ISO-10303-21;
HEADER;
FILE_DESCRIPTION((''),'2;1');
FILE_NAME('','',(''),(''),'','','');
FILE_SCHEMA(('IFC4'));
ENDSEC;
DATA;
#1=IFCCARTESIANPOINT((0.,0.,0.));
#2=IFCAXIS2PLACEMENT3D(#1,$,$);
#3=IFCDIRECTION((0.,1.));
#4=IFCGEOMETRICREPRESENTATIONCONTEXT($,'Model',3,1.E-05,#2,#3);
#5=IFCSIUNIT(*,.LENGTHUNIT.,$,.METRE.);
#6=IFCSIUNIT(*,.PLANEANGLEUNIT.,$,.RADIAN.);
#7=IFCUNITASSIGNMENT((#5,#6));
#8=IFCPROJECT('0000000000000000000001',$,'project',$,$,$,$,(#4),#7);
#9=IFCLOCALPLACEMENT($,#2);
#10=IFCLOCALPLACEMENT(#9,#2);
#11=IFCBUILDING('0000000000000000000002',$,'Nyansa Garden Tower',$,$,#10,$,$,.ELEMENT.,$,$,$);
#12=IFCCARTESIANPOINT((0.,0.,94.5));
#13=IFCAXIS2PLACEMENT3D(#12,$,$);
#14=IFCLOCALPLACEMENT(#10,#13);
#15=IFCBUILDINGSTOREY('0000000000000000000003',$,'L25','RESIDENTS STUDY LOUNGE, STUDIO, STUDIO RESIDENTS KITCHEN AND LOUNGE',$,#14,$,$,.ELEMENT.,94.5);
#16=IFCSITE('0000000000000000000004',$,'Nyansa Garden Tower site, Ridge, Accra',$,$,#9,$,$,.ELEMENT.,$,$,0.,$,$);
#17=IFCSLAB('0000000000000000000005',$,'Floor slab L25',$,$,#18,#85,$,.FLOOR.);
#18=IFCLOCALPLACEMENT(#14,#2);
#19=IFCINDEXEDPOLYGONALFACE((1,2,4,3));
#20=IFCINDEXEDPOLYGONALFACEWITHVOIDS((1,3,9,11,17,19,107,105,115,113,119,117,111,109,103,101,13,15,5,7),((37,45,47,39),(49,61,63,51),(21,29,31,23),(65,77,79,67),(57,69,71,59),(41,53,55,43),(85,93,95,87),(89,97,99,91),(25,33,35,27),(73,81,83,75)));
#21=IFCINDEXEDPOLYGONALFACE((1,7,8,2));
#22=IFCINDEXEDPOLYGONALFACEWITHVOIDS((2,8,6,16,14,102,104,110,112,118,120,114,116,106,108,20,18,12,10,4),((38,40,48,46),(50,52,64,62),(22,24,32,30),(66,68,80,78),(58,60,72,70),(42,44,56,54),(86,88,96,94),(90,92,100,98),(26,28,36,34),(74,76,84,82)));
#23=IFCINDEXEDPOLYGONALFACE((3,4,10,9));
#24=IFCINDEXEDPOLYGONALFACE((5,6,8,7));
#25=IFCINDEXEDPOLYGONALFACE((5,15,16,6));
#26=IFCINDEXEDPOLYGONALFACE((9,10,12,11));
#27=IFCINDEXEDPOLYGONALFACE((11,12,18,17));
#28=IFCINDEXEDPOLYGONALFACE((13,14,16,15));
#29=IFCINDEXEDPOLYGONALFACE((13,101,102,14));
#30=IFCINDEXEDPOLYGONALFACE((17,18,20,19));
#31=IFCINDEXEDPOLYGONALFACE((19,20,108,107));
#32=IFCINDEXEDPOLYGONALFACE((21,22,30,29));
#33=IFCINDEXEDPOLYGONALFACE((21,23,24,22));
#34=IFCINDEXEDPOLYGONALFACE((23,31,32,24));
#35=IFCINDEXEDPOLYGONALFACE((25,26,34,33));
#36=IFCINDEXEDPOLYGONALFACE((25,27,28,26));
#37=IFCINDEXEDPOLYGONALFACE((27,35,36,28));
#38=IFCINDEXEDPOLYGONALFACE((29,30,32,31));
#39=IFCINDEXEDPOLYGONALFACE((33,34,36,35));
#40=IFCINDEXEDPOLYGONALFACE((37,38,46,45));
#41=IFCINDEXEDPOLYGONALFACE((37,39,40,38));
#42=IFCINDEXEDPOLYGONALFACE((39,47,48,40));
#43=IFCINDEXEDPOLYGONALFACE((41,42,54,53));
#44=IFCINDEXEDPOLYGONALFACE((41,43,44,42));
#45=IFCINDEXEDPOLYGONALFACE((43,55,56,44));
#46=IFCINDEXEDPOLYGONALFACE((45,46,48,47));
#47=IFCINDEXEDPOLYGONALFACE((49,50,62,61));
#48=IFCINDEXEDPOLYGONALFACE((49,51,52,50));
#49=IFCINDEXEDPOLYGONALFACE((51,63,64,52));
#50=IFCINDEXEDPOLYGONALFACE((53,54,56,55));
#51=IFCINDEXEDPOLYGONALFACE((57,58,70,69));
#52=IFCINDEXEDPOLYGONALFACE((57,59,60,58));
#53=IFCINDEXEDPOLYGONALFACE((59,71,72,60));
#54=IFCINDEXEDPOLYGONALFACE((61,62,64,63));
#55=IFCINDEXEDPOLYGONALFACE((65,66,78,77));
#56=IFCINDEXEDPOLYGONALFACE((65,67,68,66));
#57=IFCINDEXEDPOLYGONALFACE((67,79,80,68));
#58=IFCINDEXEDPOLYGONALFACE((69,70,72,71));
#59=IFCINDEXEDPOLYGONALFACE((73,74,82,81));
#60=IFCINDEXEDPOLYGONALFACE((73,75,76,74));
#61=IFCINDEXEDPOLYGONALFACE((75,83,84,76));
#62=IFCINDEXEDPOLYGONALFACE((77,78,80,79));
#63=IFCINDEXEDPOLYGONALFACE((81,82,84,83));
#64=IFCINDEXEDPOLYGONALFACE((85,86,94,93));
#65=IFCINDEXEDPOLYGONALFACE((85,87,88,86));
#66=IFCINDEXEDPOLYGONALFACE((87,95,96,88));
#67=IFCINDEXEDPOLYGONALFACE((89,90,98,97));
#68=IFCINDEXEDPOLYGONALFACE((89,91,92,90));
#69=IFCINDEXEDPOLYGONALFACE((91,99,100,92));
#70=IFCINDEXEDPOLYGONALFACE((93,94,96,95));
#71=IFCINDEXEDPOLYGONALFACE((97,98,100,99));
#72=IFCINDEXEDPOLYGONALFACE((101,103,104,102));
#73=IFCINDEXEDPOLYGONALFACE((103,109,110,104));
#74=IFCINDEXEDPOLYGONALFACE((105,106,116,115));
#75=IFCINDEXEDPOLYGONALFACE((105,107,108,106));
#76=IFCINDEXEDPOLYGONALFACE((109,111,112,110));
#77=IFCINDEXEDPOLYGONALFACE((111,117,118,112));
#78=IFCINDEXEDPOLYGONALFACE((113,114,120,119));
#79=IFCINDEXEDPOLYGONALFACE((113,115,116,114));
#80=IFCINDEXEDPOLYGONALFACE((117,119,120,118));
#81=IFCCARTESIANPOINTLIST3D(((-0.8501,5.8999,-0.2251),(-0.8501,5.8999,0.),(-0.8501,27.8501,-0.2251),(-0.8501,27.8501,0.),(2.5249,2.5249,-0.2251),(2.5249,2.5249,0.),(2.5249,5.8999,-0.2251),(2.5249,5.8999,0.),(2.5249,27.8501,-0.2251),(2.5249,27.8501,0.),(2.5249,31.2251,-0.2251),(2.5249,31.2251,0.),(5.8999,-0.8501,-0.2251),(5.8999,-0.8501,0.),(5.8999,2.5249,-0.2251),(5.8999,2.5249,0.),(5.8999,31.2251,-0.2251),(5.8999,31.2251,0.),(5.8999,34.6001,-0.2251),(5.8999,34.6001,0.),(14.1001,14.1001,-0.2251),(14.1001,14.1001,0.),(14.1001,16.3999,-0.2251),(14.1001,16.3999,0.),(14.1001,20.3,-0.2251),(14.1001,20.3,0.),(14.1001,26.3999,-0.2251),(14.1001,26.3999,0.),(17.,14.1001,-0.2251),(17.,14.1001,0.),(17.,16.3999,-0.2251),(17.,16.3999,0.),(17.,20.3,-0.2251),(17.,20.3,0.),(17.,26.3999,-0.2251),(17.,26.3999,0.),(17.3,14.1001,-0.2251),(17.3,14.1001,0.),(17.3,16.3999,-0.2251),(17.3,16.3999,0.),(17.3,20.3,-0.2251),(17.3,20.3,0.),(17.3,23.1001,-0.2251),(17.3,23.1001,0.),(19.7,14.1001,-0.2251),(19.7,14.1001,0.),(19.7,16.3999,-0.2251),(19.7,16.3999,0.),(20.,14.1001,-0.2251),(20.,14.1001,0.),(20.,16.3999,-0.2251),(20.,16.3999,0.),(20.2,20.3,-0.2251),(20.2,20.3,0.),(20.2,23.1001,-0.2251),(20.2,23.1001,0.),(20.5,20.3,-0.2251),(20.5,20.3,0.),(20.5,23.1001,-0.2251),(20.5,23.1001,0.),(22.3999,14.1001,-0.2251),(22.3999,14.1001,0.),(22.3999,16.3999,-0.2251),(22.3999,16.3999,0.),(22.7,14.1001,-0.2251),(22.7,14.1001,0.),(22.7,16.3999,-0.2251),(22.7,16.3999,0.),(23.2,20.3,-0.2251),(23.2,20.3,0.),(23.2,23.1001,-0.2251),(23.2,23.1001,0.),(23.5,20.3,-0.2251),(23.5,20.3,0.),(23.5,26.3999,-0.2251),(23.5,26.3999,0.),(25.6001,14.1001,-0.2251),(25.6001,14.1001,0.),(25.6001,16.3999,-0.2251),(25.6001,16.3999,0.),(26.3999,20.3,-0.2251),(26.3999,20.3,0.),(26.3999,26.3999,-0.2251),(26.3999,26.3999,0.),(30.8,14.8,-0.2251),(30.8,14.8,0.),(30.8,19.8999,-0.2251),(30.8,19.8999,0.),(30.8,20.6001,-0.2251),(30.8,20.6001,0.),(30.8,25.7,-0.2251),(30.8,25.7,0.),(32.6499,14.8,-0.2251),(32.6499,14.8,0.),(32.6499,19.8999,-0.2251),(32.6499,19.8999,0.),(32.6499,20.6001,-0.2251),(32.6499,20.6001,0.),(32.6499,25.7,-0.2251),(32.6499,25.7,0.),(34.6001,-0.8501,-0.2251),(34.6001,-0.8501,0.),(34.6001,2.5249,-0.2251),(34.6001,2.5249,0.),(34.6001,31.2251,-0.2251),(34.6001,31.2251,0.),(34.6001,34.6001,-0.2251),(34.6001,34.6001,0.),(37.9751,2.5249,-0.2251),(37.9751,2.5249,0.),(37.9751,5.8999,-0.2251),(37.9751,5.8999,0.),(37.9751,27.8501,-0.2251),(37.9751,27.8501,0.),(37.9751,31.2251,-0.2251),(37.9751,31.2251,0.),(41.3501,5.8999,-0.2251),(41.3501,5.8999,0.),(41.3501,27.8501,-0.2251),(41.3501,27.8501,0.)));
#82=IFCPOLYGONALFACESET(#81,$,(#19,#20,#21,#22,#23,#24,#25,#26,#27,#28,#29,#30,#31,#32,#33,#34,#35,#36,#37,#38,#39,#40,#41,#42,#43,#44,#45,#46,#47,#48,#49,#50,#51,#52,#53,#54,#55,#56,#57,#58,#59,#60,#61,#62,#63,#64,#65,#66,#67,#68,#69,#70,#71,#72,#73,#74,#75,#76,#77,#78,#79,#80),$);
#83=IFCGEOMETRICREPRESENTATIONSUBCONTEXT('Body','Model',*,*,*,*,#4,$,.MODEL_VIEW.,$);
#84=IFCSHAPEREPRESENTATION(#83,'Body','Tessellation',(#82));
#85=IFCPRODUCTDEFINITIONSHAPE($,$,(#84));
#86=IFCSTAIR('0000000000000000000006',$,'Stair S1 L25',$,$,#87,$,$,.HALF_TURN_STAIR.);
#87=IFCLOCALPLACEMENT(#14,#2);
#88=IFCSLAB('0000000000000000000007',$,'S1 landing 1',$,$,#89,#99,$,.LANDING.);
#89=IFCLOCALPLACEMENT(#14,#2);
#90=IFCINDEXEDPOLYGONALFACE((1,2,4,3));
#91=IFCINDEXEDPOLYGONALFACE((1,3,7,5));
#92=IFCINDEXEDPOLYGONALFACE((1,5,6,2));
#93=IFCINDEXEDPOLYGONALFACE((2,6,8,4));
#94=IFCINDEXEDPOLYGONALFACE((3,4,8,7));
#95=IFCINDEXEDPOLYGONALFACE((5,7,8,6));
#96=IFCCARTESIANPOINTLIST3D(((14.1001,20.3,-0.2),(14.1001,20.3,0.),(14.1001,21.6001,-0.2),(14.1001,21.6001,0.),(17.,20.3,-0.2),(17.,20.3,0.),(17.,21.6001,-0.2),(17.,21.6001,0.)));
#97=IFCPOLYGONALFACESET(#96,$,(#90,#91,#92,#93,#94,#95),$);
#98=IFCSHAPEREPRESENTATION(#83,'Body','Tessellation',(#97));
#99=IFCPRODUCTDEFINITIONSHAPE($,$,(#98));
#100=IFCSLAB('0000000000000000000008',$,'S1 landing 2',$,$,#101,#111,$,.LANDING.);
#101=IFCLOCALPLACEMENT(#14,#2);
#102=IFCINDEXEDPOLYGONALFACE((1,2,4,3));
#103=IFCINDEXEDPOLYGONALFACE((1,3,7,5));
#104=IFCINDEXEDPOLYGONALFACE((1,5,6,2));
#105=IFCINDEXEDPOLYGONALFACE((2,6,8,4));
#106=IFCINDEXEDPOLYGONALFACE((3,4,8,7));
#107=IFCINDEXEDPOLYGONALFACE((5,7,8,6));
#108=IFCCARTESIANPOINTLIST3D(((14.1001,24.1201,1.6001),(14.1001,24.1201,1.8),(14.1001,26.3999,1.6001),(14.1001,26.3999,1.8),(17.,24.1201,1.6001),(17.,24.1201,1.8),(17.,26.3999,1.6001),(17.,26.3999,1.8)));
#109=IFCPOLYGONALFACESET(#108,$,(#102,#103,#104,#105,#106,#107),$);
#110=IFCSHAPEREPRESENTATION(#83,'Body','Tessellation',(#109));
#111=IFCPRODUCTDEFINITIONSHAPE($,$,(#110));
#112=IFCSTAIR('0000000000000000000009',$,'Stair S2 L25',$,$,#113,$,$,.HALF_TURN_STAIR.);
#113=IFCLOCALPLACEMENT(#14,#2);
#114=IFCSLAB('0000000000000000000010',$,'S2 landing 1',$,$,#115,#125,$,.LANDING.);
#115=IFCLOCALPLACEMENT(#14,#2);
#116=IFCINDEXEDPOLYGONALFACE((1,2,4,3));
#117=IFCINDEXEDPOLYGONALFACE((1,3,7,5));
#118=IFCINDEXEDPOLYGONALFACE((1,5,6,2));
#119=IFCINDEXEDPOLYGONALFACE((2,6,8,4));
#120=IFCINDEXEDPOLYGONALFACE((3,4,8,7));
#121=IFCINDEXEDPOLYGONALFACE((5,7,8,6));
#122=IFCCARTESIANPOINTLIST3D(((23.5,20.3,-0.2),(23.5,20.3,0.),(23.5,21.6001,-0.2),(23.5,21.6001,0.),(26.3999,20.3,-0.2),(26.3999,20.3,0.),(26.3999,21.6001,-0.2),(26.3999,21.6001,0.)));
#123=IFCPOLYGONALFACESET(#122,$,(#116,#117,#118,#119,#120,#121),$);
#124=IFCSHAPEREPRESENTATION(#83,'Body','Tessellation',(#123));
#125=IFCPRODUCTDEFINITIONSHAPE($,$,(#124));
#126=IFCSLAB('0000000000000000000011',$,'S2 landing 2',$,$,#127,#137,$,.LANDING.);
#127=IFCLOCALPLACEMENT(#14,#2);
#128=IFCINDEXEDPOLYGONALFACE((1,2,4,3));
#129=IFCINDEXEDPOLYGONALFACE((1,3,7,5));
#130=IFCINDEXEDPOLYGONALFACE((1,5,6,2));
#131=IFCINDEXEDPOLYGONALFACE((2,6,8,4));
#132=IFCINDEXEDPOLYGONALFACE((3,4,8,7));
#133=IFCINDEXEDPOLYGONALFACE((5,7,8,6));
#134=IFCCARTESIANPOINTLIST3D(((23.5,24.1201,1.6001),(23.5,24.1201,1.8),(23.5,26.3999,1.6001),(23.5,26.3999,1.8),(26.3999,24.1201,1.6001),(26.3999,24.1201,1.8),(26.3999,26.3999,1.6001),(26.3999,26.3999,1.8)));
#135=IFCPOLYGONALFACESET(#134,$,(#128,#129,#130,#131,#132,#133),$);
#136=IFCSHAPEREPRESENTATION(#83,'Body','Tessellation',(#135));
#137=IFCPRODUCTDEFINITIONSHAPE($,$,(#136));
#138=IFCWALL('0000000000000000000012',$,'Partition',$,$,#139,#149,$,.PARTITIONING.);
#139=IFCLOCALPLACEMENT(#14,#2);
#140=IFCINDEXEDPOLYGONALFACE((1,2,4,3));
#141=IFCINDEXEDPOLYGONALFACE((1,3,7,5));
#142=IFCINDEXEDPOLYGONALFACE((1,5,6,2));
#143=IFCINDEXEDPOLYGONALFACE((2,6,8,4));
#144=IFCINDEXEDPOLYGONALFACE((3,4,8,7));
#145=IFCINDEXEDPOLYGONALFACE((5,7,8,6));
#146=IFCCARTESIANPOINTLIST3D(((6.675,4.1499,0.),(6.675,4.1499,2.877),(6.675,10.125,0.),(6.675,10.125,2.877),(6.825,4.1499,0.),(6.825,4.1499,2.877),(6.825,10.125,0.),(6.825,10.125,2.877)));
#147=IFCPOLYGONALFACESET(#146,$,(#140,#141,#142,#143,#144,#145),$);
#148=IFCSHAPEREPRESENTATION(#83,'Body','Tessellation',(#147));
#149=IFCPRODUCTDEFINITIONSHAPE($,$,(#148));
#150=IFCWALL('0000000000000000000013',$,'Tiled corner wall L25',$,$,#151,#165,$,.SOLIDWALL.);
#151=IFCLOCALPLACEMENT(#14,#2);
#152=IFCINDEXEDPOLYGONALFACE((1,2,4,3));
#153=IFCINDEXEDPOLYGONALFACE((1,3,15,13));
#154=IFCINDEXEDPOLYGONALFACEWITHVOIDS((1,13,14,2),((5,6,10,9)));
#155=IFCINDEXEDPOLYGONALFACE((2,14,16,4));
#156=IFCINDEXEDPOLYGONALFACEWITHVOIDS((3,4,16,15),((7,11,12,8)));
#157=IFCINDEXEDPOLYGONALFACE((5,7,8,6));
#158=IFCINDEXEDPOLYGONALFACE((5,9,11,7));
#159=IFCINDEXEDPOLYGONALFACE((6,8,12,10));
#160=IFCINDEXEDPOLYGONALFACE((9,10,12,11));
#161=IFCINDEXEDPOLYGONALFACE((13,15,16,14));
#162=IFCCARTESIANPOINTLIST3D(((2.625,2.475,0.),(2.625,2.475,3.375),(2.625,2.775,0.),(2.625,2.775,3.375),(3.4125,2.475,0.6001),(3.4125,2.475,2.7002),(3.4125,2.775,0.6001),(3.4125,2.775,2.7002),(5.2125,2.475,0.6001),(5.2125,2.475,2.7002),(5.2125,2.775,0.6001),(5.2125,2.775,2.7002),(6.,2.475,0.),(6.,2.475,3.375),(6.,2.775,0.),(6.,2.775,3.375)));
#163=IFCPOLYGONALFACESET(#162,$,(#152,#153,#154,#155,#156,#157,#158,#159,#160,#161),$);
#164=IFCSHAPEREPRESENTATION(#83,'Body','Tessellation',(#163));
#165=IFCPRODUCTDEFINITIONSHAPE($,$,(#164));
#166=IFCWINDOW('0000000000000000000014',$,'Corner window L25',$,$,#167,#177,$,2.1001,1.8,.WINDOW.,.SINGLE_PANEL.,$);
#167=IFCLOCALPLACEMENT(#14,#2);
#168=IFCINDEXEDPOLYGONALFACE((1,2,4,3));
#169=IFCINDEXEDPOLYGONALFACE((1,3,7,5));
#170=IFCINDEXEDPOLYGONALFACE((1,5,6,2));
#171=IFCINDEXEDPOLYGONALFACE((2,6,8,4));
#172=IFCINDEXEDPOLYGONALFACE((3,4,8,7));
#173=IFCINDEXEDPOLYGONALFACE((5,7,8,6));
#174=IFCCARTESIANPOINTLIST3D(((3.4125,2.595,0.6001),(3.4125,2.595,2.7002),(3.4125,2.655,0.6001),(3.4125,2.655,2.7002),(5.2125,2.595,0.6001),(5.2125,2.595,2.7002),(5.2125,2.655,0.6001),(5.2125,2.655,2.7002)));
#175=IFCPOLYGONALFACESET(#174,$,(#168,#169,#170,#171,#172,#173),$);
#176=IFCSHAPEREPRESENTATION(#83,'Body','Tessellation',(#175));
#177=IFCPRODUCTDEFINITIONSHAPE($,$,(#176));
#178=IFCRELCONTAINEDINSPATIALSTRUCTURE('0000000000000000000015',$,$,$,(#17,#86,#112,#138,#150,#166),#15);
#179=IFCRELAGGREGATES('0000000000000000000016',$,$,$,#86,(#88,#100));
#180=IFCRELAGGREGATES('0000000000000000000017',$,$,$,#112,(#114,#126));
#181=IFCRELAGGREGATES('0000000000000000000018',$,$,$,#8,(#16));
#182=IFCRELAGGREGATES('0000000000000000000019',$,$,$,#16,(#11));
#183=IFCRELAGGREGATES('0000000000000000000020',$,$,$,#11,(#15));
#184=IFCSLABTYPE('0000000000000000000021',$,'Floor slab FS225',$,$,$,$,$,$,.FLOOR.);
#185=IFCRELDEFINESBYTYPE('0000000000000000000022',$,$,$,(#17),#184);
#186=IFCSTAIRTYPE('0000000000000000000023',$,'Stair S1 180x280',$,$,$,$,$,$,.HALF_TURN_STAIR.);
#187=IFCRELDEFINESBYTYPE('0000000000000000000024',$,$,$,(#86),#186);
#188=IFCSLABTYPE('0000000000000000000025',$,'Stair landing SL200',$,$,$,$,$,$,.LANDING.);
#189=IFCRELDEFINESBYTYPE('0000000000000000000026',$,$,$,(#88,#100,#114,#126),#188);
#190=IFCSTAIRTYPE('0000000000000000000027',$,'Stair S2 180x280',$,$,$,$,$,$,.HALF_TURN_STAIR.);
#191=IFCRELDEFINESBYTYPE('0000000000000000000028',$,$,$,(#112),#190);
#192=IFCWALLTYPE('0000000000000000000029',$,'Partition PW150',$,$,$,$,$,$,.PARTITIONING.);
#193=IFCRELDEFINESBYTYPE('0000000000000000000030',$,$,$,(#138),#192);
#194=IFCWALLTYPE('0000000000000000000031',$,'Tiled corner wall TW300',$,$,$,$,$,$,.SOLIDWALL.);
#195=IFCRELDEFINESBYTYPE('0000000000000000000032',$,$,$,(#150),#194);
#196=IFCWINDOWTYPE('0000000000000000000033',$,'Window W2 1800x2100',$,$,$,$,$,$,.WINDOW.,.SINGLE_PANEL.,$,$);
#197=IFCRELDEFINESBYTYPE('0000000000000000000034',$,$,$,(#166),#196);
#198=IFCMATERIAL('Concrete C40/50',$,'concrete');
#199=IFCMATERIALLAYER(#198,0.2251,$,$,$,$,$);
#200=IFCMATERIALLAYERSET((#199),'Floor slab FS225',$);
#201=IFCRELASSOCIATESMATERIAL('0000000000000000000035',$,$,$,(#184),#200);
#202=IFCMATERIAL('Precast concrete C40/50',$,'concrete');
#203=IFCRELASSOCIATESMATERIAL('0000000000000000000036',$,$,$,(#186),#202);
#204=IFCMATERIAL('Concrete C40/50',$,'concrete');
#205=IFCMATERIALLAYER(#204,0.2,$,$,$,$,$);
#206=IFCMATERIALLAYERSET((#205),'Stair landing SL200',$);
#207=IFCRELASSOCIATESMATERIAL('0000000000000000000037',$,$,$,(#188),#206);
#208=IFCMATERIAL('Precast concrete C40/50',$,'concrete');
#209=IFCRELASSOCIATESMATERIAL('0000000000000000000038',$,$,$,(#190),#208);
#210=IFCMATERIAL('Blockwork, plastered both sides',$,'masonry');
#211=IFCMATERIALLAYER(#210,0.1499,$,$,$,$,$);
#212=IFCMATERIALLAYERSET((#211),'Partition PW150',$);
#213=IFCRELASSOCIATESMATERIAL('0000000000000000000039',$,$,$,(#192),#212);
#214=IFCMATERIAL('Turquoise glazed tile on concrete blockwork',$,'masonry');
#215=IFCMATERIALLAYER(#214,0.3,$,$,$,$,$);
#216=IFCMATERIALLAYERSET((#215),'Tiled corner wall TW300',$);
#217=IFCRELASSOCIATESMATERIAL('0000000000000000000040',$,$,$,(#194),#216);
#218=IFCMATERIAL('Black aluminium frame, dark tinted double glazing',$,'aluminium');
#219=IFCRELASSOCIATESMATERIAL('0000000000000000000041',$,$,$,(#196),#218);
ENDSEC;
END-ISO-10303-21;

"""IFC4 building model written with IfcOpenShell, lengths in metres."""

from ifc_helpers import new_model, si_unit, direction, frame, frame_2d, origin, place, context, subcontext, project, spatial, polyline, rectangle, outline, extrude, material, layer, layer_set, type_object, element, fill, aggregate, save


model = new_model("IFC4")

# Units and contexts
model_context = context("Model", 3, precision=1e-05, world=origin(), true_north=direction((0.0, 1.0)))
body_context = subcontext(model_context, "Body", "Model", "MODEL_VIEW")
ifc_project = project(units=[si_unit("LENGTHUNIT", "METRE"), si_unit("PLANEANGLEUNIT", "RADIAN")], contexts=[model_context])

# Site, building, storey
site_placement = place(None, origin())
site = spatial("IfcSite", under=ifc_project, at=site_placement, Name="Nyansa Garden Tower site, Ridge, Accra", CompositionType="ELEMENT", RefElevation=0.0)
building_placement = place(site_placement, origin())
building = spatial("IfcBuilding", under=site, at=building_placement, Name="Nyansa Garden Tower", CompositionType="ELEMENT")
storey_placement = place(building_placement, frame((0.0, 0.0, 94.5)))
storey = spatial("IfcBuildingStorey", under=building, at=storey_placement, Name="L25", Description="RESIDENTS STUDY LOUNGE, STUDIO, STUDIO RESIDENTS KITCHEN AND LOUNGE", CompositionType="ELEMENT", Elevation=94.5)

# Slab
ifc_material_1 = material(Name="Concrete C40/50", Category="concrete")
ifc_layer_1 = layer(ifc_material_1, 0.2251)
ifc_layer_set_1 = layer_set([ifc_layer_1], Name="Floor slab FS225")
slab_type_1 = type_object("IfcSlabType", Name="Floor slab FS225", PredefinedType="FLOOR", material=ifc_layer_set_1)
slab_1_placement = place(storey_placement, frame((0.0, 0.0, -0.2251)))
element("IfcSlab", 1, at=slab_1_placement, inside=storey, type_object=slab_type_1, Name="Floor slab L25", PredefinedType="FLOOR", context=body_context, shape_type="SweptSolid", body=[
    extrude(outline(polyline([(41.3501, 5.8999), (37.9751, 5.8999), (37.9751, 2.5249), (34.6001, 2.5249), (34.6001, -0.8501), (5.8999, -0.8501), (5.8999, 2.5249), (2.5249, 2.5249), (2.5249, 5.8999), (-0.8501, 5.8999), (-0.8501, 27.8501), (2.5249, 27.8501), (2.5249, 31.2251), (5.8999, 31.2251), (5.8999, 34.6001), (34.6001, 34.6001), (34.6001, 31.2251), (37.9751, 31.2251), (37.9751, 27.8501), (41.3501, 27.8501), (41.3501, 5.8999)]), holes=[polyline([(14.1001, 14.1001), (17.0, 14.1001), (17.0, 16.3999), (14.1001, 16.3999), (14.1001, 14.1001)]), polyline([(17.3, 14.1001), (19.7, 14.1001), (19.7, 16.3999), (17.3, 16.3999), (17.3, 14.1001)]), polyline([(20.0, 14.1001), (22.3999, 14.1001), (22.3999, 16.3999), (20.0, 16.3999), (20.0, 14.1001)]), polyline([(22.7, 14.1001), (25.6001, 14.1001), (25.6001, 16.3999), (22.7, 16.3999), (22.7, 14.1001)]), polyline([(17.3, 20.3), (20.2, 20.3), (20.2, 23.1001), (17.3, 23.1001), (17.3, 20.3)]), polyline([(20.5, 20.3), (23.2, 20.3), (23.2, 23.1001), (20.5, 23.1001), (20.5, 20.3)]), polyline([(30.8, 14.8), (32.6499, 14.8), (32.6499, 19.8999), (30.8, 19.8999), (30.8, 14.8)]), polyline([(30.8, 20.6001), (32.6499, 20.6001), (32.6499, 25.7), (30.8, 25.7), (30.8, 20.6001)]), polyline([(14.1001, 20.3), (17.0, 20.3), (17.0, 26.3999), (14.1001, 26.3999), (14.1001, 20.3)]), polyline([(23.5, 20.3), (26.3999, 20.3), (26.3999, 26.3999), (23.5, 26.3999), (23.5, 20.3)])]), origin(), (0.0, 0.0, 1.0), 0.2251),
])

# Stairs, slabs
ifc_material_2 = material(Name="Precast concrete C40/50", Category="concrete")
stair_type_1 = type_object("IfcStairType", Name="Stair S1 180x280", PredefinedType="HALF_TURN_STAIR", material=ifc_material_2)
stair_1_placement = place(storey_placement, origin())
stair_1 = element("IfcStair", 2, at=stair_1_placement, inside=storey, type_object=stair_type_1, Name="Stair S1 L25", PredefinedType="HALF_TURN_STAIR")
ifc_material_3 = material(Name="Concrete C40/50", Category="concrete")
ifc_layer_2 = layer(ifc_material_3, 0.2)
ifc_layer_set_2 = layer_set([ifc_layer_2], Name="Stair landing SL200")
slab_type_2 = type_object("IfcSlabType", Name="Stair landing SL200", PredefinedType="LANDING", material=ifc_layer_set_2)
slab_2_placement = place(storey_placement, frame((0.0, 0.0, -0.2)))
slab_2 = element("IfcSlab", 3, at=slab_2_placement, type_object=slab_type_2, Name="S1 landing 1", PredefinedType="LANDING", context=body_context, shape_type="SweptSolid", body=[
    extrude(outline(polyline([(14.1001, 20.3), (17.0, 20.3), (17.0, 21.6001), (14.1001, 21.6001), (14.1001, 20.3)])), origin(), (0.0, 0.0, 1.0), 0.2),
])
slab_3_placement = place(storey_placement, frame((0.0, 0.0, 1.6001)))
slab_3 = element("IfcSlab", 4, at=slab_3_placement, type_object=slab_type_2, Name="S1 landing 2", PredefinedType="LANDING", context=body_context, shape_type="SweptSolid", body=[
    extrude(outline(polyline([(14.1001, 24.1201), (17.0, 24.1201), (17.0, 26.3999), (14.1001, 26.3999), (14.1001, 24.1201)])), origin(), (0.0, 0.0, 1.0), 0.2),
])
aggregate(stair_1, [slab_2, slab_3])
ifc_material_4 = material(Name="Precast concrete C40/50", Category="concrete")
stair_type_2 = type_object("IfcStairType", Name="Stair S2 180x280", PredefinedType="HALF_TURN_STAIR", material=ifc_material_4)
stair_2_placement = place(storey_placement, origin())
stair_2 = element("IfcStair", 5, at=stair_2_placement, inside=storey, type_object=stair_type_2, Name="Stair S2 L25", PredefinedType="HALF_TURN_STAIR")
slab_4_placement = place(storey_placement, frame((0.0, 0.0, -0.2)))
slab_4 = element("IfcSlab", 6, at=slab_4_placement, type_object=slab_type_2, Name="S2 landing 1", PredefinedType="LANDING", context=body_context, shape_type="SweptSolid", body=[
    extrude(outline(polyline([(23.5, 20.3), (26.3999, 20.3), (26.3999, 21.6001), (23.5, 21.6001), (23.5, 20.3)])), origin(), (0.0, 0.0, 1.0), 0.2),
])
slab_5_placement = place(storey_placement, frame((0.0, 0.0, 1.6001)))
slab_5 = element("IfcSlab", 7, at=slab_5_placement, type_object=slab_type_2, Name="S2 landing 2", PredefinedType="LANDING", context=body_context, shape_type="SweptSolid", body=[
    extrude(outline(polyline([(23.5, 24.1201), (26.3999, 24.1201), (26.3999, 26.3999), (23.5, 26.3999), (23.5, 24.1201)])), origin(), (0.0, 0.0, 1.0), 0.2),
])
aggregate(stair_2, [slab_4, slab_5])

# Wall
ifc_material_5 = material(Name="Blockwork, plastered both sides", Category="masonry")
ifc_layer_3 = layer(ifc_material_5, 0.1499)
ifc_layer_set_3 = layer_set([ifc_layer_3], Name="Partition PW150")
wall_type_1 = type_object("IfcWallType", Name="Partition PW150", PredefinedType="PARTITIONING", material=ifc_layer_set_3)
wall_1_placement = place(storey_placement, frame((6.75, 4.1499, 0.0), z_axis=(0.0, 0.0, 1.0), x_axis=(0.0, 1.0, 0.0)))
element("IfcWall", 8, at=wall_1_placement, inside=storey, type_object=wall_type_1, Name="Partition", PredefinedType="PARTITIONING", context=body_context, shape_type="SweptSolid", body=[
    extrude(rectangle(XDim=5.9751, YDim=0.1499, at=frame_2d((2.9875, 0.0))), origin(), (0.0, 0.0, 1.0), 2.877),
])

# Wall, opening, window
ifc_material_6 = material(Name="Turquoise glazed tile on concrete blockwork", Category="masonry")
ifc_layer_4 = layer(ifc_material_6, 0.3)
ifc_layer_set_4 = layer_set([ifc_layer_4], Name="Tiled corner wall TW300")
wall_type_2 = type_object("IfcWallType", Name="Tiled corner wall TW300", PredefinedType="SOLIDWALL", material=ifc_layer_set_4)
wall_2_placement = place(storey_placement, frame((2.625, 2.625, 0.0), z_axis=(0.0, 0.0, 1.0), x_axis=(1.0, 0.0, 0.0)))
wall_2 = element("IfcWall", 9, at=wall_2_placement, inside=storey, type_object=wall_type_2, Name="Tiled corner wall L25", PredefinedType="SOLIDWALL", context=body_context, shape_type="SweptSolid", body=[
    extrude(rectangle(XDim=3.375, YDim=0.3, at=frame_2d((1.6875, 0.0))), origin(), (0.0, 0.0, 1.0), 3.375),
])
opening_1_placement = place(wall_2_placement, frame((0.7876, 0.0, 0.6001)))
opening_1 = element("IfcOpeningElement", 10, at=opening_1_placement, cuts=wall_2, PredefinedType="OPENING", context=body_context, shape_type="SweptSolid", body=[
    extrude(rectangle(XDim=1.8, YDim=2.1001, at=frame_2d((0.8999, 1.05))), frame((0.0, 0.1599, 0.0), z_axis=(0.0, -1.0, 0.0), x_axis=(1.0, 0.0, 0.0)), (0.0, 0.0, 1.0), 0.3201),
])
ifc_material_7 = material(Name="Black aluminium frame, dark tinted double glazing", Category="aluminium")
window_type_1 = type_object("IfcWindowType", Name="Window W2 1800x2100", PartitioningType="SINGLE_PANEL", PredefinedType="WINDOW", material=ifc_material_7)
window_1_placement = place(opening_1_placement, origin())
window_1 = element("IfcWindow", 11, at=window_1_placement, inside=storey, type_object=window_type_1, Name="Corner window L25", OverallHeight=2.1001, OverallWidth=1.8, PartitioningType="SINGLE_PANEL", PredefinedType="WINDOW", context=body_context, shape_type="SweptSolid", body=[
    extrude(rectangle(XDim=1.8, YDim=2.1001, at=frame_2d((0.8999, 1.05))), frame((0.0, 0.03, 0.0), z_axis=(0.0, -1.0, 0.0), x_axis=(1.0, 0.0, 0.0)), (0.0, 0.0, 1.0), 0.0601),
])
fill(opening_1, window_1)

save(model, "model.ifc")
